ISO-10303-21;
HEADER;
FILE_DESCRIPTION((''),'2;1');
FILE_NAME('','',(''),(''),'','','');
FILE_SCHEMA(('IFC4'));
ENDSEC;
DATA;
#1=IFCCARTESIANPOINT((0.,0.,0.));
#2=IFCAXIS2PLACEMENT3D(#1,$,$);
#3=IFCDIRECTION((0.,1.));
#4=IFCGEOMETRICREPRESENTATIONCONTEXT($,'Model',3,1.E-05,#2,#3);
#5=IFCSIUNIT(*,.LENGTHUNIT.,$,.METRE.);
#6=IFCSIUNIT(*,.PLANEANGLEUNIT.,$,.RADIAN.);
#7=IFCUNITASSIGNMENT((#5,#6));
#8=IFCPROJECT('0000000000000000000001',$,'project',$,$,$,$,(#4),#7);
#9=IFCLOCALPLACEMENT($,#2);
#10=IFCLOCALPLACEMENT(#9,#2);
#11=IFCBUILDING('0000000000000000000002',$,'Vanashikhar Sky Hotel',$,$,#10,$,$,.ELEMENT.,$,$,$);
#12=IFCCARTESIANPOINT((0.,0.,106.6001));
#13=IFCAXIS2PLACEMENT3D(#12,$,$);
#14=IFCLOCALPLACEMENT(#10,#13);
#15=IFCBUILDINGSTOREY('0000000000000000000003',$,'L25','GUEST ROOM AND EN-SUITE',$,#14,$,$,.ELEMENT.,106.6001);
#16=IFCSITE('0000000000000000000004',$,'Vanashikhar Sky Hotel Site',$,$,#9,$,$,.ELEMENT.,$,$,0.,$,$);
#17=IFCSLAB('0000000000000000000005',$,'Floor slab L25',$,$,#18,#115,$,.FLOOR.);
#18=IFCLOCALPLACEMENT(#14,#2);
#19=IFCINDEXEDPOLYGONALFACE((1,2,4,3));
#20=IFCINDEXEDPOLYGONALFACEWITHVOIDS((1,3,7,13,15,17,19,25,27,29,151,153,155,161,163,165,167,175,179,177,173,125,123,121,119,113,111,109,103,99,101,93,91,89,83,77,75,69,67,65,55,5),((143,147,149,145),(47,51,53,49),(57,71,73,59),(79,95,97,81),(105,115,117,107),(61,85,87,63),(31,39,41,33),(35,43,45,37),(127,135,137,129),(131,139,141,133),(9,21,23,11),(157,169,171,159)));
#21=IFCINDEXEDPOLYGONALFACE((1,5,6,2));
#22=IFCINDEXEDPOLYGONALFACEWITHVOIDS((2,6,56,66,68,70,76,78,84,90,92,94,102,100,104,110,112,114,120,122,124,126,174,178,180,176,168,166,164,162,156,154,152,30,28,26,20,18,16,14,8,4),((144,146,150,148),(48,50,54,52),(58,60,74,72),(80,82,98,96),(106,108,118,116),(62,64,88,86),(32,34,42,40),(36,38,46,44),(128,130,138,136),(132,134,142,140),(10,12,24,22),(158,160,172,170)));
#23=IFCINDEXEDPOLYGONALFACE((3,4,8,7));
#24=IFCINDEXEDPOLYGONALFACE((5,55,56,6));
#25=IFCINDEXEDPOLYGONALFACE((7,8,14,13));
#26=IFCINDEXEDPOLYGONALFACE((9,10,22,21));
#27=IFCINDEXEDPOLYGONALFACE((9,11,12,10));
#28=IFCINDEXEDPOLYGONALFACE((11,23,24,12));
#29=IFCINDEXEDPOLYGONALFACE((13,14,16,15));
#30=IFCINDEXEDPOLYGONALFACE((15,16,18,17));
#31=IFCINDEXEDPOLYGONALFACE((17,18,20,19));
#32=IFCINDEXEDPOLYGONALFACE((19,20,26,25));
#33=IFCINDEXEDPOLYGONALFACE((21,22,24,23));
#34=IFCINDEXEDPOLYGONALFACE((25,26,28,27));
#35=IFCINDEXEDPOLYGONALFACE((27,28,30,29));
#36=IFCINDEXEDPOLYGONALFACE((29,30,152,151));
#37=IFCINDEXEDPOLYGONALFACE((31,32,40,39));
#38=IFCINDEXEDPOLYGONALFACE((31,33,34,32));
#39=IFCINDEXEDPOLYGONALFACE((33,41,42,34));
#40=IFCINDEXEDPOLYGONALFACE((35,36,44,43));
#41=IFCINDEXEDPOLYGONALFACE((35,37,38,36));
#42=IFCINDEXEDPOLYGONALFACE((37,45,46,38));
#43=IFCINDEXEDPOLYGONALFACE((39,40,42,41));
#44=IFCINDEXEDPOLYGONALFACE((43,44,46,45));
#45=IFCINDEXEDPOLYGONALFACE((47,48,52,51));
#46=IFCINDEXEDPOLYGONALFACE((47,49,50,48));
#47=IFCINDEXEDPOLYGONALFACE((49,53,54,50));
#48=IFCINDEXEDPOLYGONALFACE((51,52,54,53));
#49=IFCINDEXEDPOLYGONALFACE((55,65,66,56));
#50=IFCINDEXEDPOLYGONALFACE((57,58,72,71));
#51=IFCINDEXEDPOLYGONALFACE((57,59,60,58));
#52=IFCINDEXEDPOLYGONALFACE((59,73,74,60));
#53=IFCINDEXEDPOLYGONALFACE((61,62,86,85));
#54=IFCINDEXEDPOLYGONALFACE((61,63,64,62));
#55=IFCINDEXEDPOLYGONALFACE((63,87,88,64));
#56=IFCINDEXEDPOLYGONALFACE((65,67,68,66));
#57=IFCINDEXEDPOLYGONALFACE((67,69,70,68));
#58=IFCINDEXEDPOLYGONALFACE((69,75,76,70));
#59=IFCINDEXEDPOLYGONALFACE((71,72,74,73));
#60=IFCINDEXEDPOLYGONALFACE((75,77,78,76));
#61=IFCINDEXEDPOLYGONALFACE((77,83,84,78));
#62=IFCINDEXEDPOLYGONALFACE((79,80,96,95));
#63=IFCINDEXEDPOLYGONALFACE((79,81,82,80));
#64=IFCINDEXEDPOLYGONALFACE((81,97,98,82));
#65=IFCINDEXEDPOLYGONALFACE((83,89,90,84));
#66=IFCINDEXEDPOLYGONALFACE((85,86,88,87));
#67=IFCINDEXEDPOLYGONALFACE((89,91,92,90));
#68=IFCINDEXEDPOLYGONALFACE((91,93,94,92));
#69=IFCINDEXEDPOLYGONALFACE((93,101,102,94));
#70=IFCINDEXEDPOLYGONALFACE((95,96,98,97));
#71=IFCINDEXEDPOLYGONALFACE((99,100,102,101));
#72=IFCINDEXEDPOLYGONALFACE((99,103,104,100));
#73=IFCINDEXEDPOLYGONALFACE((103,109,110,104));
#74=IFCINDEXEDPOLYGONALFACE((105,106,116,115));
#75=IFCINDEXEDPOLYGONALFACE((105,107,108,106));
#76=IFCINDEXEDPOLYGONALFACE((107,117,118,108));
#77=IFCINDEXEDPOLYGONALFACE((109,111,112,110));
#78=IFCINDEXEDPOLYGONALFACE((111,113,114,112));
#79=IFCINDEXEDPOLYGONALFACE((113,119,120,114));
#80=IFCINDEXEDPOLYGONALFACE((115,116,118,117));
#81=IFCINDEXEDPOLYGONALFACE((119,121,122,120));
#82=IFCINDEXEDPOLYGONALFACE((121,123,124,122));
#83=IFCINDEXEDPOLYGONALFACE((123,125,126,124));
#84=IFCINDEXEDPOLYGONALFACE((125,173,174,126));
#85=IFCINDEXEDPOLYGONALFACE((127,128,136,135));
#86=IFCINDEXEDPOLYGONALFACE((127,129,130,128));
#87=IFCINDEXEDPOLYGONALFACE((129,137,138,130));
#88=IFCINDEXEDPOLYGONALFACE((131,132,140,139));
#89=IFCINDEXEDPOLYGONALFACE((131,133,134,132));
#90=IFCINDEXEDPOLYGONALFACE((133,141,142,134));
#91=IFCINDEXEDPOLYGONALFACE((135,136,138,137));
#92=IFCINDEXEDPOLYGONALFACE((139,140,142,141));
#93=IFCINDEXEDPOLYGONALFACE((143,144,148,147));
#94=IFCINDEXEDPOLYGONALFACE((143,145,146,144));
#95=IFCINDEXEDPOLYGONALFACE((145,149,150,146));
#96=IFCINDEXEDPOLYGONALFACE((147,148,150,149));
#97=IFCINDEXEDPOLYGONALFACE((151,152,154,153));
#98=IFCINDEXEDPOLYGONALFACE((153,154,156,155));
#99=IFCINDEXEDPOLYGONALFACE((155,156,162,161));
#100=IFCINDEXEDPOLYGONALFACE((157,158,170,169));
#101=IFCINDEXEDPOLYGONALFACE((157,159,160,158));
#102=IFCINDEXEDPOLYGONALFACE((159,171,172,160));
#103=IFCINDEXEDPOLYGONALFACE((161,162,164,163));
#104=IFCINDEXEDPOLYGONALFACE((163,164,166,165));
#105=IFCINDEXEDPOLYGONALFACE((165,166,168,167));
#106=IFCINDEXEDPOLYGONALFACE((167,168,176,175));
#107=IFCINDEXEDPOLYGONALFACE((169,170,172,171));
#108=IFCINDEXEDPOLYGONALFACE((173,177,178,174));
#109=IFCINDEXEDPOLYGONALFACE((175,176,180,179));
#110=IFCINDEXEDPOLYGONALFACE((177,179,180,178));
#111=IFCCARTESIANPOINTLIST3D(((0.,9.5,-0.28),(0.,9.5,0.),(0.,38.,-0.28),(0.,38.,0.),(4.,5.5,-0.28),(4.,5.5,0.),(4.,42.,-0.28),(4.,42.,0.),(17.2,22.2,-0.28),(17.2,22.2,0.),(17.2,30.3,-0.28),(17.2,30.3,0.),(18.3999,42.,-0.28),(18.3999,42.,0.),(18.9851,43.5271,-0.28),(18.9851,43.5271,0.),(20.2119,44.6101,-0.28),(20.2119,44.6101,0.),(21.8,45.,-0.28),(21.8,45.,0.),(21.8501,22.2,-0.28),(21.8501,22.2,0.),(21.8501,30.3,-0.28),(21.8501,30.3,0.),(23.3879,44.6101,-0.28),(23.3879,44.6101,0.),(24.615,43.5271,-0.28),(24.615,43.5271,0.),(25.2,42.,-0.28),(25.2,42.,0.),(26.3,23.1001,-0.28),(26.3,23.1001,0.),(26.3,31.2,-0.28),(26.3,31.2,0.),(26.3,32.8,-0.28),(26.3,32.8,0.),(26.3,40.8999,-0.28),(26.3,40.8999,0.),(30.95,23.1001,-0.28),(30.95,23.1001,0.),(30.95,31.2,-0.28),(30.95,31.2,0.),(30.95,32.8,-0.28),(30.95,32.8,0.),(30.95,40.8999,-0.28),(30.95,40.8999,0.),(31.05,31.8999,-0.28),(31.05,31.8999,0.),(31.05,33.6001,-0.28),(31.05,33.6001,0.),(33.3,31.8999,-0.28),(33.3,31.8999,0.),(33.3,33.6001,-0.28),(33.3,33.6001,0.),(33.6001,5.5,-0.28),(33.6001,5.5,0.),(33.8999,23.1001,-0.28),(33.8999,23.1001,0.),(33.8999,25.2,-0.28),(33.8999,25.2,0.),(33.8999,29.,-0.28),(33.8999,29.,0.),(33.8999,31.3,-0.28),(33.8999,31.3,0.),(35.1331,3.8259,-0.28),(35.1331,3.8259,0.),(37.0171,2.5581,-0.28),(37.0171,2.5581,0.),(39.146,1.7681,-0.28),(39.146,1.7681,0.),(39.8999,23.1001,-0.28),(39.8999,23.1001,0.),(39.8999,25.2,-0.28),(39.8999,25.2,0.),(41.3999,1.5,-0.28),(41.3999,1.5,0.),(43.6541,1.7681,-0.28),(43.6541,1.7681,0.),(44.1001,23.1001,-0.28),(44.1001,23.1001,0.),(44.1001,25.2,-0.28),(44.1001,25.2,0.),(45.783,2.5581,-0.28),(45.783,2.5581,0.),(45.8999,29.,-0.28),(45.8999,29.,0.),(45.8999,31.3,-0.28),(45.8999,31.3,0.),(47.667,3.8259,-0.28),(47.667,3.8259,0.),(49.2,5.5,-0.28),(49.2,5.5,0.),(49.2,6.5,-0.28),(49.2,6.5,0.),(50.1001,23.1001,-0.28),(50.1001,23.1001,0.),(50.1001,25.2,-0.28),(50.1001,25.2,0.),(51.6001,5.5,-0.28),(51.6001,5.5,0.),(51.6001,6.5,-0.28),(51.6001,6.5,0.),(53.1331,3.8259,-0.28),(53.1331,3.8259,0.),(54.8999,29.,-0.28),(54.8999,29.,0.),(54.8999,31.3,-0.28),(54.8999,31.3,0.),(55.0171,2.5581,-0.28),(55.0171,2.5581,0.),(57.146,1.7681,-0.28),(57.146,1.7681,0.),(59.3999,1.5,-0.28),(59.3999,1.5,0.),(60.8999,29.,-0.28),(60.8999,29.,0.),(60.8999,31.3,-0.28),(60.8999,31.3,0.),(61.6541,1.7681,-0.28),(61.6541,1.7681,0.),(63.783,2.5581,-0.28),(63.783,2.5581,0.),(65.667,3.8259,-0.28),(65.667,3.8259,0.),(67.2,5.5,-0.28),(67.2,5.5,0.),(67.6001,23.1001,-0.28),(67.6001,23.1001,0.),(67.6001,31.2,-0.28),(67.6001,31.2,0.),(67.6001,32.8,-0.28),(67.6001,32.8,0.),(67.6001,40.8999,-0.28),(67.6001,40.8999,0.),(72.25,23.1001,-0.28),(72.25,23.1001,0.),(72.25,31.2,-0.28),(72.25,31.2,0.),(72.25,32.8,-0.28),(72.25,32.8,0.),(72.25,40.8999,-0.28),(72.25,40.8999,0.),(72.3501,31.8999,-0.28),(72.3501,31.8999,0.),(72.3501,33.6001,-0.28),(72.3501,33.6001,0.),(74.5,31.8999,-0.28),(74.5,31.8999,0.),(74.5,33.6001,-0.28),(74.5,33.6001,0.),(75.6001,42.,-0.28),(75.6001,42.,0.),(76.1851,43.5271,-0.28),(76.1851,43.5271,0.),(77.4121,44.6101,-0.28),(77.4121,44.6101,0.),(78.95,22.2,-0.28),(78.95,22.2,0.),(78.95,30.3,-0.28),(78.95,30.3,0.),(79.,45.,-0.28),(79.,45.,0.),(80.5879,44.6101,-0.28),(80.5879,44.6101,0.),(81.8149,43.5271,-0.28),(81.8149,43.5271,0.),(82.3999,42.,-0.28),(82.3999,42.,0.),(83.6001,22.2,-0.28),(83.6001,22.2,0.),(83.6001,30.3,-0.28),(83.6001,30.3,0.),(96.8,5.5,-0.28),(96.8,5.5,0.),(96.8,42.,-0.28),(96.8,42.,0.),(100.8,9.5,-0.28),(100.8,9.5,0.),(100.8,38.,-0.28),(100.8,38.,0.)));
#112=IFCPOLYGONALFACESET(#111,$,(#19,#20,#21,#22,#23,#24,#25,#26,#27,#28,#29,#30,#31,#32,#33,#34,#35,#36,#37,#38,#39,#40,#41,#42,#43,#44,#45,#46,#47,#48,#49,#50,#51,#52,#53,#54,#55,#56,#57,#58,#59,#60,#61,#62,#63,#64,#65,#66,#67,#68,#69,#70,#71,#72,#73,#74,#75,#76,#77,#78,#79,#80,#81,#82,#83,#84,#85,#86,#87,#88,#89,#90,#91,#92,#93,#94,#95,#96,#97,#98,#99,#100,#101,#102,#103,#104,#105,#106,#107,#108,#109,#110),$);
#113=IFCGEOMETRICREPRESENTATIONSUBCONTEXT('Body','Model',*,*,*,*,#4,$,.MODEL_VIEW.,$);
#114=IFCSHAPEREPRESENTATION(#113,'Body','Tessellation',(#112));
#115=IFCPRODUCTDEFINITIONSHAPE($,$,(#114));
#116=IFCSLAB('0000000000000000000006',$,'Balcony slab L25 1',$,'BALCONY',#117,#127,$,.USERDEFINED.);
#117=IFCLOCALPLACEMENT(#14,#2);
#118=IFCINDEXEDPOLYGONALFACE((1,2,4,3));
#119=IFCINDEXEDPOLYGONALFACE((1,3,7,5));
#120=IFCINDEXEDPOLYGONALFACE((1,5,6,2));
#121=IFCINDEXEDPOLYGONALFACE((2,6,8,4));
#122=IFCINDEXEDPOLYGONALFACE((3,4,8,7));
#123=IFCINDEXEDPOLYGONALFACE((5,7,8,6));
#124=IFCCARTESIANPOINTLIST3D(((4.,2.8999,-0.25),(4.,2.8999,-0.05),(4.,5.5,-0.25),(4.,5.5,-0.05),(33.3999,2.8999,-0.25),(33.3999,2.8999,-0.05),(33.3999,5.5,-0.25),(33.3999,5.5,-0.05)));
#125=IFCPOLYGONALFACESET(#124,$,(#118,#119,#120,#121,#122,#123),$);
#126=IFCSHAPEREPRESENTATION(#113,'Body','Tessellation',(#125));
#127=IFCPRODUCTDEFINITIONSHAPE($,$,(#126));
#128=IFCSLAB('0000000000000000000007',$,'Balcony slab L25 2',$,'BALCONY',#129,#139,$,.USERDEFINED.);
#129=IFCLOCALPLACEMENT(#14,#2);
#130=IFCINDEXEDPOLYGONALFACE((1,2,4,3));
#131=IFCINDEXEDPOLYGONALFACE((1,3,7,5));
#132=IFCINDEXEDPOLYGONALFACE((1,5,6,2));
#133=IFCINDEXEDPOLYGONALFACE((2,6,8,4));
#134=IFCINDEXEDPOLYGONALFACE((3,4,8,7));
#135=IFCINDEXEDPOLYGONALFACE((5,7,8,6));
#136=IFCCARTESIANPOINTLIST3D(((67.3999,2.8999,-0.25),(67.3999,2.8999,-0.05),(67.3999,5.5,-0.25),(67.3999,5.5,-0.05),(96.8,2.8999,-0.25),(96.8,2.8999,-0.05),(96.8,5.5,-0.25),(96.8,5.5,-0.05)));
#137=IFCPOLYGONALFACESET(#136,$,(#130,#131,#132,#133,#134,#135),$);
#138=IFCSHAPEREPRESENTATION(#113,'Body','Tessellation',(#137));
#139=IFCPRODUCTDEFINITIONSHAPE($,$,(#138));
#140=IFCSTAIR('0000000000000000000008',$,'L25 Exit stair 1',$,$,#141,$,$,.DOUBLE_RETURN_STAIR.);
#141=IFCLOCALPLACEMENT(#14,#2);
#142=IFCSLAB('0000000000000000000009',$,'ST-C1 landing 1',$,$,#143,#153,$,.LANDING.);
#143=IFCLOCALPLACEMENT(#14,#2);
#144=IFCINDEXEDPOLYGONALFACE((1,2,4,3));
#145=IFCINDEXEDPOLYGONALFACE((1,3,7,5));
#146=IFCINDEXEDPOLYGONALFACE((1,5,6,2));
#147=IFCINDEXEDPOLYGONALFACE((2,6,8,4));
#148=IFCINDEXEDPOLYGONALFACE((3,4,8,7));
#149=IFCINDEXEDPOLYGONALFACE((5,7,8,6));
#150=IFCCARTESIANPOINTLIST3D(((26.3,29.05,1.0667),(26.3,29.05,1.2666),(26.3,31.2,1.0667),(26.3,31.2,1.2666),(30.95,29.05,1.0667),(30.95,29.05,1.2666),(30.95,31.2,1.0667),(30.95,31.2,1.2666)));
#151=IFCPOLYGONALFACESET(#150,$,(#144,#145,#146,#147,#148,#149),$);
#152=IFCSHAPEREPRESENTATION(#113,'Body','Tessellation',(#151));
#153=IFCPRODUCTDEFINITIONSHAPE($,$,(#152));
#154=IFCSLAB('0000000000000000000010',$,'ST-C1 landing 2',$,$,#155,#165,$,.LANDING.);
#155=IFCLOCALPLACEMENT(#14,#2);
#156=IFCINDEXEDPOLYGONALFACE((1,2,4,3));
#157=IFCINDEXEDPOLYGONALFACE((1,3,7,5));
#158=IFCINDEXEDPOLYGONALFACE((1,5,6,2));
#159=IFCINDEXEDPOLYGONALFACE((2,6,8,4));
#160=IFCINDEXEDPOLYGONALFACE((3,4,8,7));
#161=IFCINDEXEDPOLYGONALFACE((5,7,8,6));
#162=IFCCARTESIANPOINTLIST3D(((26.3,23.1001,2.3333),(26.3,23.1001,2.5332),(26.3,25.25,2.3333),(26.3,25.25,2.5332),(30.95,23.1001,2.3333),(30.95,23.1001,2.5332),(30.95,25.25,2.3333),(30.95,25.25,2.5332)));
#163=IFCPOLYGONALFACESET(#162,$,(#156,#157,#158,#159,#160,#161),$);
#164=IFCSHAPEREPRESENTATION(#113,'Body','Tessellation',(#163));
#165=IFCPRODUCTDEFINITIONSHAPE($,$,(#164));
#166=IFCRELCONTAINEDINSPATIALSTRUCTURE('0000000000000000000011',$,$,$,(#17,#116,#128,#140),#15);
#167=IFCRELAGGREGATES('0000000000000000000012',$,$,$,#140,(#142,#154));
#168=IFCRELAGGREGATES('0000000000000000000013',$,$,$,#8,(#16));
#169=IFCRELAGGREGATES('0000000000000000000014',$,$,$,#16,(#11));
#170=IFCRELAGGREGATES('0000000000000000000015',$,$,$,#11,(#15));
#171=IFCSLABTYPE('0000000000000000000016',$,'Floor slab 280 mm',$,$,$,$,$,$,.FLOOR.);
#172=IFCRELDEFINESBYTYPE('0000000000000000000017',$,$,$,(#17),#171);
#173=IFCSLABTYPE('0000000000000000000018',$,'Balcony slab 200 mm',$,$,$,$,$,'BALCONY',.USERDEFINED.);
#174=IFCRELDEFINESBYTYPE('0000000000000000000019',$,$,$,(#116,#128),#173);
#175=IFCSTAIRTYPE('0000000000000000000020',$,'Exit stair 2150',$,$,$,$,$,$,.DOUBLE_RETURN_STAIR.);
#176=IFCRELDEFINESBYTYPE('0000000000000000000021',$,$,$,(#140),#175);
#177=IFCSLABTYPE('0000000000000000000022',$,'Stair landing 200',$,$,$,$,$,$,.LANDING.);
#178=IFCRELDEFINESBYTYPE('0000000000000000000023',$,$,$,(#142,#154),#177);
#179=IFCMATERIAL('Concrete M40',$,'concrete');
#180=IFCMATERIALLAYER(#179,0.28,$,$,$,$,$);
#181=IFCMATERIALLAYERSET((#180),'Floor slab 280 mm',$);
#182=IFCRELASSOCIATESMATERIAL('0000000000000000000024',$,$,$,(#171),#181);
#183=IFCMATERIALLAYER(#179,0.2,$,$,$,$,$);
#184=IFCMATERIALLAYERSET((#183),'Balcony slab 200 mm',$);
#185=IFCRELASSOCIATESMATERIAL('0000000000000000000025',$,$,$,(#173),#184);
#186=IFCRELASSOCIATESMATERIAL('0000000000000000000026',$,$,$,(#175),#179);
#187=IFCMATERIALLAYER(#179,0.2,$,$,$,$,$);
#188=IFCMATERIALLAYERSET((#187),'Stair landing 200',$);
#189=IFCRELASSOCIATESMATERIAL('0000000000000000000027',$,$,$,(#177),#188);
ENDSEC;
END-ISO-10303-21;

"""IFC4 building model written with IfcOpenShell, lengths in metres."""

from ifc_helpers import new_model, si_unit, direction, frame, origin, place, context, subcontext, project, spatial, polyline, outline, extrude, source, transform, mapped, material, layer, layer_set, type_object, element, aggregate, save


model = new_model("IFC4")

# Units and contexts
model_context = context("Model", 3, precision=1e-05, world=origin(), true_north=direction((0.0, 1.0)))
body_context = subcontext(model_context, "Body", "Model", "MODEL_VIEW")
ifc_project = project(units=[si_unit("LENGTHUNIT", "METRE"), si_unit("PLANEANGLEUNIT", "RADIAN")], contexts=[model_context])

# Site, building, storey
site_placement = place(None, origin())
site = spatial("IfcSite", under=ifc_project, at=site_placement, Name="Vanashikhar Sky Hotel Site", CompositionType="ELEMENT", RefElevation=0.0)
building_placement = place(site_placement, origin())
building = spatial("IfcBuilding", under=site, at=building_placement, Name="Vanashikhar Sky Hotel", CompositionType="ELEMENT")
storey_placement = place(building_placement, frame((0.0, 0.0, 106.6001)))
storey = spatial("IfcBuildingStorey", under=building, at=storey_placement, Name="L25", Description="GUEST ROOM AND EN-SUITE", CompositionType="ELEMENT", Elevation=106.6001)

# Slabs
ifc_material_1 = material(Name="Concrete M40", Category="concrete")
ifc_layer_1 = layer(ifc_material_1, 0.28)
ifc_layer_set_1 = layer_set([ifc_layer_1], Name="Floor slab 280 mm")
slab_type_1 = type_object("IfcSlabType", Name="Floor slab 280 mm", PredefinedType="FLOOR", material=ifc_layer_set_1)
shared_shape_1 = source(origin(), body_context, "Body", "SweptSolid", [
    extrude(outline(polyline([(49.2, 5.5), (49.2, 6.5), (51.6001, 6.5), (51.6001, 5.5), (53.1331, 3.8259), (55.0171, 2.5581), (57.146, 1.7681), (59.3999, 1.5), (61.6541, 1.7681), (63.783, 2.5581), (65.667, 3.8259), (67.2, 5.5), (96.8, 5.5), (100.8, 9.5), (100.8, 38.0), (96.8, 42.0), (82.3999, 42.0), (81.8149, 43.5271), (80.5879, 44.6101), (79.0, 45.0), (77.4121, 44.6101), (76.1851, 43.5271), (75.6001, 42.0), (25.2, 42.0), (24.615, 43.5271), (23.3879, 44.6101), (21.8, 45.0), (20.2119, 44.6101), (18.9851, 43.5271), (18.3999, 42.0), (4.0, 42.0), (0.0, 38.0), (0.0, 9.5), (4.0, 5.5), (33.6001, 5.5), (35.1331, 3.8259), (37.0171, 2.5581), (39.146, 1.7681), (41.3999, 1.5), (43.6541, 1.7681), (45.783, 2.5581), (47.667, 3.8259), (49.2, 5.5)]), holes=[polyline([(33.3, 33.6001), (31.05, 33.6001), (31.05, 31.8999), (33.3, 31.8999), (33.3, 33.6001)]), polyline([(33.8999, 25.2), (33.8999, 23.1001), (39.8999, 23.1001), (39.8999, 25.2), (33.8999, 25.2)]), polyline([(33.8999, 31.3), (33.8999, 29.0), (45.8999, 29.0), (45.8999, 31.3), (33.8999, 31.3)]), polyline([(44.1001, 25.2), (44.1001, 23.1001), (50.1001, 23.1001), (50.1001, 25.2), (44.1001, 25.2)]), polyline([(54.8999, 31.3), (54.8999, 29.0), (60.8999, 29.0), (60.8999, 31.3), (54.8999, 31.3)]), polyline([(74.5, 33.6001), (72.3501, 33.6001), (72.3501, 31.8999), (74.5, 31.8999), (74.5, 33.6001)]), polyline([(30.95, 23.1001), (30.95, 31.2), (26.3, 31.2), (26.3, 23.1001), (30.95, 23.1001)]), polyline([(72.25, 23.1001), (72.25, 31.2), (67.6001, 31.2), (67.6001, 23.1001), (72.25, 23.1001)]), polyline([(30.95, 32.8), (30.95, 40.8999), (26.3, 40.8999), (26.3, 32.8), (30.95, 32.8)]), polyline([(72.25, 32.8), (72.25, 40.8999), (67.6001, 40.8999), (67.6001, 32.8), (72.25, 32.8)]), polyline([(83.6001, 22.2), (83.6001, 30.3), (78.95, 30.3), (78.95, 22.2), (83.6001, 22.2)]), polyline([(21.8501, 22.2), (21.8501, 30.3), (17.2, 30.3), (17.2, 22.2), (21.8501, 22.2)])]), origin(), (0.0, 0.0, 1.0), 0.28),
])
slab_1_placement = place(storey_placement, frame((0.0, 0.0, -0.28)))
element("IfcSlab", 1, at=slab_1_placement, inside=storey, type_object=slab_type_1, Name="Floor slab L25", PredefinedType="FLOOR", context=body_context, shape_type="MappedRepresentation", body=[
    mapped(shared_shape_1, transform((0.0, 0.0, 0.0), scale=1.0)),
])
ifc_layer_2 = layer(ifc_material_1, 0.2)
ifc_layer_set_2 = layer_set([ifc_layer_2], Name="Balcony slab 200 mm")
slab_type_2 = type_object("IfcSlabType", Name="Balcony slab 200 mm", ElementType="BALCONY", PredefinedType="USERDEFINED", material=ifc_layer_set_2)
shared_shape_2 = source(origin(), body_context, "Body", "SweptSolid", [
    extrude(outline(polyline([(4.0, 2.8999), (33.3999, 2.8999), (33.3999, 5.5), (4.0, 5.5), (4.0, 2.8999)])), origin(), (0.0, 0.0, 1.0), 0.2),
])
slab_2_placement = place(storey_placement, frame((0.0, 0.0, -0.25)))
element("IfcSlab", 2, at=slab_2_placement, inside=storey, type_object=slab_type_2, Name="Balcony slab L25 1", ObjectType="BALCONY", PredefinedType="USERDEFINED", context=body_context, shape_type="MappedRepresentation", body=[
    mapped(shared_shape_2, transform((0.0, 0.0, 0.0), scale=1.0)),
])
shared_shape_3 = source(origin(), body_context, "Body", "SweptSolid", [
    extrude(outline(polyline([(67.3999, 2.8999), (96.8, 2.8999), (96.8, 5.5), (67.3999, 5.5), (67.3999, 2.8999)])), origin(), (0.0, 0.0, 1.0), 0.2),
])
slab_3_placement = place(storey_placement, frame((0.0, 0.0, -0.25)))
element("IfcSlab", 3, at=slab_3_placement, inside=storey, type_object=slab_type_2, Name="Balcony slab L25 2", ObjectType="BALCONY", PredefinedType="USERDEFINED", context=body_context, shape_type="MappedRepresentation", body=[
    mapped(shared_shape_3, transform((0.0, 0.0, 0.0), scale=1.0)),
])

# Stair, slabs
stair_type = type_object("IfcStairType", Name="Exit stair 2150", PredefinedType="DOUBLE_RETURN_STAIR", material=ifc_material_1)
stair_1_placement = place(storey_placement, origin())
stair_1 = element("IfcStair", 4, at=stair_1_placement, inside=storey, type_object=stair_type, Name="L25 Exit stair 1", PredefinedType="DOUBLE_RETURN_STAIR")
ifc_layer_3 = layer(ifc_material_1, 0.2)
ifc_layer_set_3 = layer_set([ifc_layer_3], Name="Stair landing 200")
slab_type_3 = type_object("IfcSlabType", Name="Stair landing 200", PredefinedType="LANDING", material=ifc_layer_set_3)
shared_shape_4 = source(origin(), body_context, "Body", "SweptSolid", [
    extrude(outline(polyline([(30.95, 29.05), (30.95, 31.2), (26.3, 31.2), (26.3, 29.05), (30.95, 29.05)])), origin(), (0.0, 0.0, 1.0), 0.2),
])
slab_4_placement = place(storey_placement, frame((0.0, 0.0, 1.0667)))
slab_4 = element("IfcSlab", 5, at=slab_4_placement, type_object=slab_type_3, Name="ST-C1 landing 1", PredefinedType="LANDING", context=body_context, shape_type="MappedRepresentation", body=[
    mapped(shared_shape_4, transform((0.0, 0.0, 0.0), scale=1.0)),
])
shared_shape_5 = source(origin(), body_context, "Body", "SweptSolid", [
    extrude(outline(polyline([(30.95, 23.1001), (30.95, 25.25), (26.3, 25.25), (26.3, 23.1001), (30.95, 23.1001)])), origin(), (0.0, 0.0, 1.0), 0.2),
])
slab_5_placement = place(storey_placement, frame((0.0, 0.0, 2.3333)))
slab_5 = element("IfcSlab", 6, at=slab_5_placement, type_object=slab_type_3, Name="ST-C1 landing 2", PredefinedType="LANDING", context=body_context, shape_type="MappedRepresentation", body=[
    mapped(shared_shape_5, transform((0.0, 0.0, 0.0), scale=1.0)),
])
aggregate(stair_1, [slab_4, slab_5])

save(model, "model.ifc")
